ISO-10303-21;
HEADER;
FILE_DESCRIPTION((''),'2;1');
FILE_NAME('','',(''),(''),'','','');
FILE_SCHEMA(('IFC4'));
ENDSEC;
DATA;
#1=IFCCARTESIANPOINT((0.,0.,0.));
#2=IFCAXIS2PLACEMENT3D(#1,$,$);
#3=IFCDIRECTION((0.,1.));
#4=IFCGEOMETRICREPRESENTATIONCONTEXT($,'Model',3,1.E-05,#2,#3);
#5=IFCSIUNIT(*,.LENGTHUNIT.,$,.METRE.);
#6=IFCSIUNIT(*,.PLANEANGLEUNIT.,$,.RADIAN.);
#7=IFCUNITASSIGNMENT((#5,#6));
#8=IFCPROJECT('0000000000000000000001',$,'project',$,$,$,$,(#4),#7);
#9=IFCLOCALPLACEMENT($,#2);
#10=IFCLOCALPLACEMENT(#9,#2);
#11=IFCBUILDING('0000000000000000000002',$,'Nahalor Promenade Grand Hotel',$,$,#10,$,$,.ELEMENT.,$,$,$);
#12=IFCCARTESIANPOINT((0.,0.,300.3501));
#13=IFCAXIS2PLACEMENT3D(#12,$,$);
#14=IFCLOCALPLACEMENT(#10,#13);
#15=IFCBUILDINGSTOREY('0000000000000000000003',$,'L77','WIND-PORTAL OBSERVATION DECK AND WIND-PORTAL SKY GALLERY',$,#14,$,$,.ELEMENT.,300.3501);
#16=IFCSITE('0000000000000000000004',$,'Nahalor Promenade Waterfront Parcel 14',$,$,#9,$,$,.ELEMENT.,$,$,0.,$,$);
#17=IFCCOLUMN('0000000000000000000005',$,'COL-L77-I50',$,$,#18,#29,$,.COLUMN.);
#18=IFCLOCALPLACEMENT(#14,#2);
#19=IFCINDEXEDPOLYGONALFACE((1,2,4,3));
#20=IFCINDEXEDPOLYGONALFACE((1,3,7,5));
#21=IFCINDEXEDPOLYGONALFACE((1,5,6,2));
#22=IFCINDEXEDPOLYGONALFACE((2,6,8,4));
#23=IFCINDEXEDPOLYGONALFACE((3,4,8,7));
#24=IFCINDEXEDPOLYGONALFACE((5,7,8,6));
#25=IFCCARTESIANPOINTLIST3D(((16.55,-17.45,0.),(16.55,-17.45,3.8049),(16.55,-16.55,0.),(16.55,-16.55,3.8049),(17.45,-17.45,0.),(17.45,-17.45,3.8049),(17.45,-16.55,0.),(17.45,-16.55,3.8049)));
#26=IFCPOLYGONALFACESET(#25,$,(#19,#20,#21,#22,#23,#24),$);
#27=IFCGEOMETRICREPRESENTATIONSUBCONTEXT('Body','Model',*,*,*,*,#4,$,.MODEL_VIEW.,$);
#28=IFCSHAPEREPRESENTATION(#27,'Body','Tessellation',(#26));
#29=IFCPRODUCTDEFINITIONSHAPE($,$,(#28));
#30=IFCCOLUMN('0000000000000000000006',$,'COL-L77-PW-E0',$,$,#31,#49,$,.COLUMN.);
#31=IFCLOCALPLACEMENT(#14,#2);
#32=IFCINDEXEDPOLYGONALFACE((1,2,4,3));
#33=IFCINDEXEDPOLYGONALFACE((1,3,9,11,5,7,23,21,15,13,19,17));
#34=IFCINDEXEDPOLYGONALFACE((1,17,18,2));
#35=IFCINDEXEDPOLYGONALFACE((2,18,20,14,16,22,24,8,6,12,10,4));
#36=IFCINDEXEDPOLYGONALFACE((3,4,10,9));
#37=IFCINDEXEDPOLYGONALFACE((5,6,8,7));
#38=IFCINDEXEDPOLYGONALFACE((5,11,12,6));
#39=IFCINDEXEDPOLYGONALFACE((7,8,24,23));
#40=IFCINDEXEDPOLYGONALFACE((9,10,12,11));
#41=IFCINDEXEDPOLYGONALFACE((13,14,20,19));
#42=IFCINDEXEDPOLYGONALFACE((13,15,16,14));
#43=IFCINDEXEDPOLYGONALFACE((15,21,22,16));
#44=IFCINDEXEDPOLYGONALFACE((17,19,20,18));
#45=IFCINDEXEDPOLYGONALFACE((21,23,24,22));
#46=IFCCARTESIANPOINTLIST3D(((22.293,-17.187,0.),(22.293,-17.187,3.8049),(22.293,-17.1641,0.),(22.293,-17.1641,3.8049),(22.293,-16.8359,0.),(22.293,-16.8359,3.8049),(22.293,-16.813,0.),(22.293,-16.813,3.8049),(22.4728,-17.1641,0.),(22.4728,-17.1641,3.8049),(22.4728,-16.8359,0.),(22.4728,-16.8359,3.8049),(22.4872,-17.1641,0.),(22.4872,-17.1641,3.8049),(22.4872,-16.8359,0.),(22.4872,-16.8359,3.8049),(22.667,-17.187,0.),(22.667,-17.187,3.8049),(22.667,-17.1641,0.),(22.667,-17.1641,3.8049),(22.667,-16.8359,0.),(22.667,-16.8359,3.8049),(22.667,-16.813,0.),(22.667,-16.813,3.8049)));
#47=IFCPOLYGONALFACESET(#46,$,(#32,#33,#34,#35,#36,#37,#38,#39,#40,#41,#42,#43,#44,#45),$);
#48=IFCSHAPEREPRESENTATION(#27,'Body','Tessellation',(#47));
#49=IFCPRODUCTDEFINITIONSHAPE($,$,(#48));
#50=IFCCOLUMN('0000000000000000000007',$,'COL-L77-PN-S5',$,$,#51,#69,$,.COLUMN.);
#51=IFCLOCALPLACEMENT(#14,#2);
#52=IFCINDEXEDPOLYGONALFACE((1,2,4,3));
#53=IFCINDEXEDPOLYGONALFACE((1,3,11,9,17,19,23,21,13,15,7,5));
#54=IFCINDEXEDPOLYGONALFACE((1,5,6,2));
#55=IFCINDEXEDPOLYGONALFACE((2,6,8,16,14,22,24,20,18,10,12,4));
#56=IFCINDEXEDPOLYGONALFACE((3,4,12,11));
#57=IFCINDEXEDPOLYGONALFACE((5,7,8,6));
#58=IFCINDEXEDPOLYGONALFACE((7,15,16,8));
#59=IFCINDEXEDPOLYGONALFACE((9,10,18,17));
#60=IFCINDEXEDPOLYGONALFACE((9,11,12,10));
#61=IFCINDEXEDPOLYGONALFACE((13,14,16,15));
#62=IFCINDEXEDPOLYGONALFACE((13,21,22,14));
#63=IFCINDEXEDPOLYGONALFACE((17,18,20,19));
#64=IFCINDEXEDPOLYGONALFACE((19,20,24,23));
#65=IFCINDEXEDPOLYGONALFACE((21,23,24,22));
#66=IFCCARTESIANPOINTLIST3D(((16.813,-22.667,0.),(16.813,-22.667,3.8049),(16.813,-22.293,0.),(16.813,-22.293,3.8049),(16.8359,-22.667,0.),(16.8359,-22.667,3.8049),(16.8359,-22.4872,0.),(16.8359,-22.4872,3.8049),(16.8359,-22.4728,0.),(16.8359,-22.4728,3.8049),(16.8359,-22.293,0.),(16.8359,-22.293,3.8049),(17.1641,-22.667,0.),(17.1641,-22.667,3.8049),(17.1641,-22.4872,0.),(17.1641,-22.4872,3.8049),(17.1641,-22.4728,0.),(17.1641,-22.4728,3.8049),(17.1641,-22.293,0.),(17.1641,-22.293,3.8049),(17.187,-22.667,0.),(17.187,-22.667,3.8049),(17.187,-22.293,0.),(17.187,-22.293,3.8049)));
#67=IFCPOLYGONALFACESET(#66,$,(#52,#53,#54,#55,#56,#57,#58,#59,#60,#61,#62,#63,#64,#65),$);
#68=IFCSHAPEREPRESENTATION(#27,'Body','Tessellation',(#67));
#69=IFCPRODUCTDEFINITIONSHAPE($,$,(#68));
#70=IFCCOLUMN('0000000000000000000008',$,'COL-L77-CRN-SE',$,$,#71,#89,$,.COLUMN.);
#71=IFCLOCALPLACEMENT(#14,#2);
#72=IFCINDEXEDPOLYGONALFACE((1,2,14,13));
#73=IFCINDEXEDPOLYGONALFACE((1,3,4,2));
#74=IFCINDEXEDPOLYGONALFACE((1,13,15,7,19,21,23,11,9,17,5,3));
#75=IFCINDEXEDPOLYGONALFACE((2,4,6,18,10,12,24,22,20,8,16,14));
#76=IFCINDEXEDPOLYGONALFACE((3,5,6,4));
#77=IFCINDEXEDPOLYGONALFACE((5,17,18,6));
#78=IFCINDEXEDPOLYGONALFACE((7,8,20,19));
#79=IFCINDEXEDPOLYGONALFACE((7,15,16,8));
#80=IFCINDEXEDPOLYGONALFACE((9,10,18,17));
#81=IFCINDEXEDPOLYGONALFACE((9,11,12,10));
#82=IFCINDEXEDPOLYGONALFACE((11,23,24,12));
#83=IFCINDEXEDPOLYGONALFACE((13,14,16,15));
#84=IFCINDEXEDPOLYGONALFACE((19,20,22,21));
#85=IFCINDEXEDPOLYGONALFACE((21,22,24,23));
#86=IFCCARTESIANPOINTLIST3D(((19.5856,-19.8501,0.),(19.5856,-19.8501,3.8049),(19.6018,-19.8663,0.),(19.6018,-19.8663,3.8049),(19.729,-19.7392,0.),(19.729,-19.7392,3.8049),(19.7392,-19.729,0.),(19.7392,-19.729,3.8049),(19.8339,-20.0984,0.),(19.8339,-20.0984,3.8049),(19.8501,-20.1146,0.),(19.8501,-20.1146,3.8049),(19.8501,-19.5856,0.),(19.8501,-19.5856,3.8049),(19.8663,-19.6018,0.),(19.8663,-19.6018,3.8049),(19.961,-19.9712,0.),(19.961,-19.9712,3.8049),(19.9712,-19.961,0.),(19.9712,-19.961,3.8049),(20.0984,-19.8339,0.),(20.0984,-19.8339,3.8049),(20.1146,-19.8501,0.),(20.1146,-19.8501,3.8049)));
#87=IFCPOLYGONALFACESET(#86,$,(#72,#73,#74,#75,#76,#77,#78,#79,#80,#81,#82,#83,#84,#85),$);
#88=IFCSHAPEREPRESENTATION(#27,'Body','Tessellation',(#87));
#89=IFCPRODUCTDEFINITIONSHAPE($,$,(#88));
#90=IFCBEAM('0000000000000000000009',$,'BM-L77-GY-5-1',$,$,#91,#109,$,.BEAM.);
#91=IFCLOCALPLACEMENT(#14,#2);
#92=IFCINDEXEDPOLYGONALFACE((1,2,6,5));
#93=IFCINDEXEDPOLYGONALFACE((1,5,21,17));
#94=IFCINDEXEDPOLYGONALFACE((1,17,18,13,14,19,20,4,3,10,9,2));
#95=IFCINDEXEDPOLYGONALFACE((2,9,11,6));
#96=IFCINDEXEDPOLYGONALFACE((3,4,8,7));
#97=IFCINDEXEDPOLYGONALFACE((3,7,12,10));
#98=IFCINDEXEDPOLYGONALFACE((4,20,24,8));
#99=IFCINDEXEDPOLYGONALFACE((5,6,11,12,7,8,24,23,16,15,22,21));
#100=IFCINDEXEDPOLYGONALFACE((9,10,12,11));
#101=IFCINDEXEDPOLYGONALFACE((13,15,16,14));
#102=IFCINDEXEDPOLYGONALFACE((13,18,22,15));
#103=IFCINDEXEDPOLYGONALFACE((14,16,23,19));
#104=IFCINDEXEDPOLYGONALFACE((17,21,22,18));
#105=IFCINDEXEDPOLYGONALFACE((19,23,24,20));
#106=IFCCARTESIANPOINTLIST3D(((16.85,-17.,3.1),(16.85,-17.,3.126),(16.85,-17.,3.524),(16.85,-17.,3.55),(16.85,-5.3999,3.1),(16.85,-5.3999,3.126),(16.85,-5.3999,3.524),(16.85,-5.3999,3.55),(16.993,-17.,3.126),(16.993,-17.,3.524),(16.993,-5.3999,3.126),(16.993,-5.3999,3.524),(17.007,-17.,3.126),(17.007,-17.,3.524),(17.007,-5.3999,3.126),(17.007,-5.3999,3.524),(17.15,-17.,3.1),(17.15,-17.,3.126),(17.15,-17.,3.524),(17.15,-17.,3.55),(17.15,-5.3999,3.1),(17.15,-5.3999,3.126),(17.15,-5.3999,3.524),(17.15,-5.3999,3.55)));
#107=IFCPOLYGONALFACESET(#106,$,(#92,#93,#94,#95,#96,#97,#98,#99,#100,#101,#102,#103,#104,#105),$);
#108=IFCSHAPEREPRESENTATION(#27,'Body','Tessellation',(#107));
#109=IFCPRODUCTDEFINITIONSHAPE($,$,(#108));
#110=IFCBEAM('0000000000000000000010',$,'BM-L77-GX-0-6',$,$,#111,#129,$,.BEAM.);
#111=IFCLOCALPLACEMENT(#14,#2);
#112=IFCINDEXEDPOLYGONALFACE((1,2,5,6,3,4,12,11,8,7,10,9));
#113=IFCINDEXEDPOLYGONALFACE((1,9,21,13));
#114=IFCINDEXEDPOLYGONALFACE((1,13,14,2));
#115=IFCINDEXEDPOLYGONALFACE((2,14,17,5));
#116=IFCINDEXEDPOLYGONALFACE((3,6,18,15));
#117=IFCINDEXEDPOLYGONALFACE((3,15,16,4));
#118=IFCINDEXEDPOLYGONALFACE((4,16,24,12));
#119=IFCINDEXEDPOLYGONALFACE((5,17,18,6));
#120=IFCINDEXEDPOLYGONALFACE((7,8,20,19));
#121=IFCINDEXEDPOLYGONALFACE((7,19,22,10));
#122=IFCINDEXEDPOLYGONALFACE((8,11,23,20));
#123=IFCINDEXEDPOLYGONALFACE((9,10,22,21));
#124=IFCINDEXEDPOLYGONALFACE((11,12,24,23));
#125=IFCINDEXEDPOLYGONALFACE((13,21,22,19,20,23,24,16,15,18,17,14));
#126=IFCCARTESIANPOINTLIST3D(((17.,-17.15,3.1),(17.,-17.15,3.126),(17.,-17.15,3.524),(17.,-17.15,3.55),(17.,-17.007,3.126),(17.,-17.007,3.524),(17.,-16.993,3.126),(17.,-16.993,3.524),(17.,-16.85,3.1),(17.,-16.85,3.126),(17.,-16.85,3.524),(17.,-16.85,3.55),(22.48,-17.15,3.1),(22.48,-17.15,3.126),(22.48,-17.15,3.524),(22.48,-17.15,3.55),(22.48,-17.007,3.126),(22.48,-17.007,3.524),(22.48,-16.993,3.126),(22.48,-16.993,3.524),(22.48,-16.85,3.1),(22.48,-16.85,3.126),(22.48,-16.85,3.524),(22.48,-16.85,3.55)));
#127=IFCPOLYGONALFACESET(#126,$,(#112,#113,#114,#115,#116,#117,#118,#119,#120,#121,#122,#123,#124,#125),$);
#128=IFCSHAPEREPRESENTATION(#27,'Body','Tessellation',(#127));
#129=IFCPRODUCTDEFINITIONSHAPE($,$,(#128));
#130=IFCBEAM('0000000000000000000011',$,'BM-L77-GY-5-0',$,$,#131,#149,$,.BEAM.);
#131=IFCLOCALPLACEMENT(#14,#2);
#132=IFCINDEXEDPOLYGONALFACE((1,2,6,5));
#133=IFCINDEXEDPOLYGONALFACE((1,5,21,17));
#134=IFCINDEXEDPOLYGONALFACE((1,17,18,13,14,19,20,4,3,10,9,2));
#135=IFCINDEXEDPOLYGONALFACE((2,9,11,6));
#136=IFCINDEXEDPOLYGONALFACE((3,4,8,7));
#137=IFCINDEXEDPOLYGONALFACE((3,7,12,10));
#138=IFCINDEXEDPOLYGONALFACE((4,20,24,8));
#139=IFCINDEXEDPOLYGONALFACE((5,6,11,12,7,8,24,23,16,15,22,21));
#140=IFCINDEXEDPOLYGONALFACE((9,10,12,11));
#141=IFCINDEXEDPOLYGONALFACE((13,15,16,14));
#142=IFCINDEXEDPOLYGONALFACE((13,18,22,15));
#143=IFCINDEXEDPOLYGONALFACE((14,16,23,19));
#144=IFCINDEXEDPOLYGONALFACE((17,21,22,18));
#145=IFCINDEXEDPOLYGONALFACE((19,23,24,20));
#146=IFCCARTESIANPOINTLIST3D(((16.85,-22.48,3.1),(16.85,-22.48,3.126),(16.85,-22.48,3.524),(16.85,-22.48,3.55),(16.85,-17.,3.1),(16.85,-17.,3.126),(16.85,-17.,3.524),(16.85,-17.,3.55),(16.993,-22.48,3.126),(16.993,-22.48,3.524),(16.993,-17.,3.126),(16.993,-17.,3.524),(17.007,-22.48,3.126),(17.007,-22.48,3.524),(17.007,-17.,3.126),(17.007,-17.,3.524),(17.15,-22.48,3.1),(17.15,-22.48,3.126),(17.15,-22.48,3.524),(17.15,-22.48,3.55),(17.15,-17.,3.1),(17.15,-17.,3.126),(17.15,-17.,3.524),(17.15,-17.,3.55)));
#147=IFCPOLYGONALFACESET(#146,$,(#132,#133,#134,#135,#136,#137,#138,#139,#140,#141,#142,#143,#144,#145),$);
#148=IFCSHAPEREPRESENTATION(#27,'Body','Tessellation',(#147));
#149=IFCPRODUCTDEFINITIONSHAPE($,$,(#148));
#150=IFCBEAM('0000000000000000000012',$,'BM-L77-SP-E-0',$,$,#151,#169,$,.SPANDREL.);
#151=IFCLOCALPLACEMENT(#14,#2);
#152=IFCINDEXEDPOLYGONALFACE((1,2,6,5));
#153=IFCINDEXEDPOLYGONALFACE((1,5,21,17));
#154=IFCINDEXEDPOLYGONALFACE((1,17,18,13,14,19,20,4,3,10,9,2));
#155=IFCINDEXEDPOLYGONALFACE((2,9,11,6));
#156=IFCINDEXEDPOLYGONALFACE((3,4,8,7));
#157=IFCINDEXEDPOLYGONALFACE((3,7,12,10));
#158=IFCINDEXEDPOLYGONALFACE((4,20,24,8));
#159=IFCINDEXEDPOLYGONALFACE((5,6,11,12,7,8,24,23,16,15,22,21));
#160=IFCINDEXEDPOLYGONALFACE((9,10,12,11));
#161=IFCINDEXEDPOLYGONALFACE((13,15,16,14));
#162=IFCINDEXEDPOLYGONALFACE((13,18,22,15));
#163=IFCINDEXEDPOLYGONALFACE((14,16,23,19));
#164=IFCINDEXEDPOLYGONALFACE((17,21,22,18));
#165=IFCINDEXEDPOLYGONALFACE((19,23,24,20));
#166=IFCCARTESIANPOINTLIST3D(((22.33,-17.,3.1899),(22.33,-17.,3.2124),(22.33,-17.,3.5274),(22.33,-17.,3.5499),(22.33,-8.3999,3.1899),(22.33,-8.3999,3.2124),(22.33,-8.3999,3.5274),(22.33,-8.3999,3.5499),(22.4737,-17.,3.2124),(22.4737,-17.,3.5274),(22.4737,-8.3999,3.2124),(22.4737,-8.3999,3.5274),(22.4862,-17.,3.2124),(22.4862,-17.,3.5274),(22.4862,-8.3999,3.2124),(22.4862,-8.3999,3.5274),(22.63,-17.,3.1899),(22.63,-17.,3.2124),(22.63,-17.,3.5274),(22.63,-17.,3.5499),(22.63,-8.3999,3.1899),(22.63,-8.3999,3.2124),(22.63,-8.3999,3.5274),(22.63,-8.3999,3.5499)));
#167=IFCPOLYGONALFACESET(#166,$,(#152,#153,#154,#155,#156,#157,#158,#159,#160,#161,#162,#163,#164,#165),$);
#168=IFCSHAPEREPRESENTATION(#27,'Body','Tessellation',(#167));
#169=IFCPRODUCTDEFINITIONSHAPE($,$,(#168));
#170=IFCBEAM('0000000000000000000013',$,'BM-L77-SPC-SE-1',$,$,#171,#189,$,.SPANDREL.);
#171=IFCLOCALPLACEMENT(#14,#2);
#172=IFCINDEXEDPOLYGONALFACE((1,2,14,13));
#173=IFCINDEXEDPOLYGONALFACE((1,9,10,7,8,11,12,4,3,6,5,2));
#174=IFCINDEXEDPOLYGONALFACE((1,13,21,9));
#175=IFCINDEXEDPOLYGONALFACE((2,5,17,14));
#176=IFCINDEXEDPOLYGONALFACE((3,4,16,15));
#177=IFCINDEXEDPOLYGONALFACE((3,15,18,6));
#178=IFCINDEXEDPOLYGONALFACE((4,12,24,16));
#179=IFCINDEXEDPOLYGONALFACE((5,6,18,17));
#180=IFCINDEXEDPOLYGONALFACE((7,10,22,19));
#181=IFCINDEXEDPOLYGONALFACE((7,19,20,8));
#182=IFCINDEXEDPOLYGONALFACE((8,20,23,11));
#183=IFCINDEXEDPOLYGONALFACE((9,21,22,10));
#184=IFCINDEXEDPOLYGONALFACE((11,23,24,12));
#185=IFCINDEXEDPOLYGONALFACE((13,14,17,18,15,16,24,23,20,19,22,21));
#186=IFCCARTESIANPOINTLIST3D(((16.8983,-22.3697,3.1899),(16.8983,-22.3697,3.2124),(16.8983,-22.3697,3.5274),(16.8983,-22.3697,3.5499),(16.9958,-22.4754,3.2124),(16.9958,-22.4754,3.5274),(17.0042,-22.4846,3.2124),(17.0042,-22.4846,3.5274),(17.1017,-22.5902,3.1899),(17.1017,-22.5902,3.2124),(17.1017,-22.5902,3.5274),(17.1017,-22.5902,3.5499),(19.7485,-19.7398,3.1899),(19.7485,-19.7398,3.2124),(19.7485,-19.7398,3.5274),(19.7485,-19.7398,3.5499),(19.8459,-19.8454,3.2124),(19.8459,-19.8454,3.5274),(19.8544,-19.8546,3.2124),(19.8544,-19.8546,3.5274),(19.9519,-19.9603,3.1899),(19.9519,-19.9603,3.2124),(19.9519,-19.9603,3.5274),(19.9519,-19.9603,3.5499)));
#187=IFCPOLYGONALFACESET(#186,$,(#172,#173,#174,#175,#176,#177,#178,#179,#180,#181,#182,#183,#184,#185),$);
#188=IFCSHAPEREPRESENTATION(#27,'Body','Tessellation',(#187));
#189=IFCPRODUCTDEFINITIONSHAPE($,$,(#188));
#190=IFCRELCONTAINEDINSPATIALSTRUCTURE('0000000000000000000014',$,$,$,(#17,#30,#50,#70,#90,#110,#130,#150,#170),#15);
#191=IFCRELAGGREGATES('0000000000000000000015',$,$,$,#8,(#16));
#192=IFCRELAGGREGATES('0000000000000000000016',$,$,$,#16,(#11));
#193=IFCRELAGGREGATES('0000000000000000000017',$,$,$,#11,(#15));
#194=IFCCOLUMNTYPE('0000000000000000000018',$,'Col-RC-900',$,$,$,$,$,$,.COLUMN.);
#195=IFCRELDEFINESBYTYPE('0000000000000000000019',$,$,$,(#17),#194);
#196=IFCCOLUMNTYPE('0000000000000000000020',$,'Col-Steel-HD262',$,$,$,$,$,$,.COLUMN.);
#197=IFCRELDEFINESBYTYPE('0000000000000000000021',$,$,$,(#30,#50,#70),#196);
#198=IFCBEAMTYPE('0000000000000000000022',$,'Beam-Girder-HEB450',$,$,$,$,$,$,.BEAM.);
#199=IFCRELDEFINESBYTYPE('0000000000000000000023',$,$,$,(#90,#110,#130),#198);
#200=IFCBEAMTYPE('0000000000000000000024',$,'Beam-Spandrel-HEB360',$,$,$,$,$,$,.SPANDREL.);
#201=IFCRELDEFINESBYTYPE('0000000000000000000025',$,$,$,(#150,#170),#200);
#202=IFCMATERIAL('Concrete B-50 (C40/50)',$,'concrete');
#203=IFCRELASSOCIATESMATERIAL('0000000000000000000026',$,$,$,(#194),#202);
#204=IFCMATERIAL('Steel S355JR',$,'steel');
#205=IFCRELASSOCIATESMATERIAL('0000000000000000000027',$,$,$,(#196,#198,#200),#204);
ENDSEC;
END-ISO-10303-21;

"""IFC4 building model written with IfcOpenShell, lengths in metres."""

from ifc_helpers import new_model, si_unit, direction, frame, origin, origin_2d, place, context, subcontext, project, spatial, rectangle, i_section, extrude, source, transform, mapped, material, material_profile, profile_set, type_object, element, save


model = new_model("IFC4")

# Units and contexts
model_context = context("Model", 3, precision=1e-05, world=origin(), true_north=direction((0.0, 1.0)))
body_context = subcontext(model_context, "Body", "Model", "MODEL_VIEW")
ifc_project = project(units=[si_unit("LENGTHUNIT", "METRE"), si_unit("PLANEANGLEUNIT", "RADIAN")], contexts=[model_context])

# Site, building, storey
site_placement = place(None, origin())
site = spatial("IfcSite", under=ifc_project, at=site_placement, Name="Nahalor Promenade Waterfront Parcel 14", CompositionType="ELEMENT", RefElevation=0.0)
building_placement = place(site_placement, origin())
building = spatial("IfcBuilding", under=site, at=building_placement, Name="Nahalor Promenade Grand Hotel", CompositionType="ELEMENT")
storey_placement = place(building_placement, frame((0.0, 0.0, 300.3501)))
storey = spatial("IfcBuildingStorey", under=building, at=storey_placement, Name="L77", Description="WIND-PORTAL OBSERVATION DECK AND WIND-PORTAL SKY GALLERY", CompositionType="ELEMENT", Elevation=300.3501)

# Columns
ifc_material_1 = material(Name="Concrete B-50 (C40/50)", Category="concrete")
ifc_material_profile_1 = material_profile(ifc_material_1, rectangle(XDim=0.9, YDim=0.9, at=origin_2d()), Name="RC 900x900")
ifc_profile_set_1 = profile_set([ifc_material_profile_1], Name="Concrete B-50 (C40/50)")
column_type_1 = type_object("IfcColumnType", Name="Col-RC-900", PredefinedType="COLUMN", material=ifc_profile_set_1)
shared_shape_1 = source(origin(), body_context, "Body", "SweptSolid", [
    extrude(rectangle(XDim=0.9, YDim=0.9, at=origin_2d()), origin(), (0.0, 0.0, 1.0), 3.8049),
])
column_placement = place(storey_placement, frame((17.0, -17.0, 0.0), z_axis=(0.0, 0.0, 1.0), x_axis=(1.0, 0.0, 0.0)))
element("IfcColumn", 1, at=column_placement, inside=storey, type_object=column_type_1, Name="COL-L77-I50", PredefinedType="COLUMN", context=body_context, shape_type="MappedRepresentation", body=[
    mapped(shared_shape_1, transform((0.0, 0.0, 0.0), scale=1.0)),
])
ifc_material_2 = material(Name="Steel S355JR", Category="steel")
ifc_material_profile_2 = material_profile(ifc_material_2, i_section(OverallWidth=0.374, OverallDepth=0.374, WebThickness=0.0144, FlangeThickness=0.0229, at=origin_2d()), Name="HD 360x262")
ifc_profile_set_2 = profile_set([ifc_material_profile_2], Name="Steel S355JR")
column_type_2 = type_object("IfcColumnType", Name="Col-Steel-HD262", PredefinedType="COLUMN", material=ifc_profile_set_2)
shared_shape_2 = source(origin(), body_context, "Body", "SweptSolid", [
    extrude(i_section(OverallWidth=0.374, OverallDepth=0.374, WebThickness=0.0144, FlangeThickness=0.0229, at=origin_2d()), origin(), (0.0, 0.0, 1.0), 3.8049),
])
for number, where, z_axis, x_axis, name in (
    (2, (22.48, -17.0, 0.0), (0.0, 0.0, 1.0), (1.0, 0.0, 0.0), "COL-L77-PW-E0"),
    (3, (17.0, -22.48, 0.0), (0.0, 0.0, 1.0), (0.0, 1.0, 0.0), "COL-L77-PN-S5"),
    (4, (19.8501, -19.8501, 0.0), (0.0, 0.0, 1.0), (0.707107, 0.707107, 0.0), "COL-L77-CRN-SE"),
):
    element("IfcColumn", number, at=place(storey_placement, frame(where, z_axis=z_axis, x_axis=x_axis)), inside=storey, type_object=column_type_2, Name=name, PredefinedType="COLUMN", context=body_context, shape_type="MappedRepresentation", body=[
        mapped(shared_shape_2, transform((0.0, 0.0, 0.0), scale=1.0)),
    ])

# Beams
ifc_material_profile_3 = material_profile(ifc_material_2, i_section(OverallWidth=0.3, OverallDepth=0.45, WebThickness=0.014, FlangeThickness=0.026, at=origin_2d()), Name="HEB 450")
ifc_profile_set_3 = profile_set([ifc_material_profile_3], Name="Steel S355JR")
beam_type_1 = type_object("IfcBeamType", Name="Beam-Girder-HEB450", PredefinedType="BEAM", material=ifc_profile_set_3)
shared_shape_3 = source(origin(), body_context, "Body", "SweptSolid", [
    extrude(i_section(OverallWidth=0.3, OverallDepth=0.45, WebThickness=0.014, FlangeThickness=0.026, at=origin_2d()), origin(), (0.0, 0.0, 1.0), 11.6001),
])
beam_1_placement = place(storey_placement, frame((17.0, -17.0, 3.325), z_axis=(0.0, 1.0, 0.0), x_axis=(-1.0, 0.0, 0.0)))
element("IfcBeam", 5, at=beam_1_placement, inside=storey, type_object=beam_type_1, Name="BM-L77-GY-5-1", PredefinedType="BEAM", context=body_context, shape_type="MappedRepresentation", body=[
    mapped(shared_shape_3, transform((0.0, 0.0, 0.0), scale=1.0)),
])
shared_shape_4 = source(origin(), body_context, "Body", "SweptSolid", [
    extrude(i_section(OverallWidth=0.3, OverallDepth=0.45, WebThickness=0.014, FlangeThickness=0.026, at=origin_2d()), origin(), (0.0, 0.0, 1.0), 5.48),
])
for number, where, z_axis, x_axis, name in (
    (6, (17.0, -17.0, 3.325), (1.0, 0.0, 0.0), (0.0, 1.0, 0.0), "BM-L77-GX-0-6"),
    (7, (17.0, -22.48, 3.325), (0.0, 1.0, 0.0), (-1.0, 0.0, 0.0), "BM-L77-GY-5-0"),
):
    element("IfcBeam", number, at=place(storey_placement, frame(where, z_axis=z_axis, x_axis=x_axis)), inside=storey, type_object=beam_type_1, Name=name, PredefinedType="BEAM", context=body_context, shape_type="MappedRepresentation", body=[
        mapped(shared_shape_4, transform((0.0, 0.0, 0.0), scale=1.0)),
    ])
ifc_material_profile_4 = material_profile(ifc_material_2, i_section(OverallWidth=0.3, OverallDepth=0.36, WebThickness=0.0125, FlangeThickness=0.0225, at=origin_2d()), Name="HEB 360")
ifc_profile_set_4 = profile_set([ifc_material_profile_4], Name="Steel S355JR")
beam_type_2 = type_object("IfcBeamType", Name="Beam-Spandrel-HEB360", PredefinedType="SPANDREL", material=ifc_profile_set_4)
shared_shape_5 = source(origin(), body_context, "Body", "SweptSolid", [
    extrude(i_section(OverallWidth=0.3, OverallDepth=0.36, WebThickness=0.0125, FlangeThickness=0.0225, at=origin_2d()), origin(), (0.0, 0.0, 1.0), 8.6001),
])
beam_2_placement = place(storey_placement, frame((22.48, -17.0, 3.3699), z_axis=(0.0, 1.0, 0.0), x_axis=(-1.0, 0.0, 0.0)))
element("IfcBeam", 8, at=beam_2_placement, inside=storey, type_object=beam_type_2, Name="BM-L77-SP-E-0", PredefinedType="SPANDREL", context=body_context, shape_type="MappedRepresentation", body=[
    mapped(shared_shape_5, transform((0.0, 0.0, 0.0), scale=1.0)),
])
shared_shape_6 = source(origin(), body_context, "Body", "SweptSolid", [
    extrude(i_section(OverallWidth=0.3, OverallDepth=0.36, WebThickness=0.0125, FlangeThickness=0.0225, at=origin_2d()), origin(), (0.0, 0.0, 1.0), 3.8782),
])
for number, where, z_axis, x_axis, name in (
    (9, (17.0, -22.48, 3.3699), (0.734929, 0.678144, 0.0), (-0.678144, 0.734929, 0.0), "BM-L77-SPC-SE-1"),
):
    element("IfcBeam", number, at=place(storey_placement, frame(where, z_axis=z_axis, x_axis=x_axis)), inside=storey, type_object=beam_type_2, Name=name, PredefinedType="SPANDREL", context=body_context, shape_type="MappedRepresentation", body=[
        mapped(shared_shape_6, transform((0.0, 0.0, 0.0), scale=1.0)),
    ])

save(model, "model.ifc")
